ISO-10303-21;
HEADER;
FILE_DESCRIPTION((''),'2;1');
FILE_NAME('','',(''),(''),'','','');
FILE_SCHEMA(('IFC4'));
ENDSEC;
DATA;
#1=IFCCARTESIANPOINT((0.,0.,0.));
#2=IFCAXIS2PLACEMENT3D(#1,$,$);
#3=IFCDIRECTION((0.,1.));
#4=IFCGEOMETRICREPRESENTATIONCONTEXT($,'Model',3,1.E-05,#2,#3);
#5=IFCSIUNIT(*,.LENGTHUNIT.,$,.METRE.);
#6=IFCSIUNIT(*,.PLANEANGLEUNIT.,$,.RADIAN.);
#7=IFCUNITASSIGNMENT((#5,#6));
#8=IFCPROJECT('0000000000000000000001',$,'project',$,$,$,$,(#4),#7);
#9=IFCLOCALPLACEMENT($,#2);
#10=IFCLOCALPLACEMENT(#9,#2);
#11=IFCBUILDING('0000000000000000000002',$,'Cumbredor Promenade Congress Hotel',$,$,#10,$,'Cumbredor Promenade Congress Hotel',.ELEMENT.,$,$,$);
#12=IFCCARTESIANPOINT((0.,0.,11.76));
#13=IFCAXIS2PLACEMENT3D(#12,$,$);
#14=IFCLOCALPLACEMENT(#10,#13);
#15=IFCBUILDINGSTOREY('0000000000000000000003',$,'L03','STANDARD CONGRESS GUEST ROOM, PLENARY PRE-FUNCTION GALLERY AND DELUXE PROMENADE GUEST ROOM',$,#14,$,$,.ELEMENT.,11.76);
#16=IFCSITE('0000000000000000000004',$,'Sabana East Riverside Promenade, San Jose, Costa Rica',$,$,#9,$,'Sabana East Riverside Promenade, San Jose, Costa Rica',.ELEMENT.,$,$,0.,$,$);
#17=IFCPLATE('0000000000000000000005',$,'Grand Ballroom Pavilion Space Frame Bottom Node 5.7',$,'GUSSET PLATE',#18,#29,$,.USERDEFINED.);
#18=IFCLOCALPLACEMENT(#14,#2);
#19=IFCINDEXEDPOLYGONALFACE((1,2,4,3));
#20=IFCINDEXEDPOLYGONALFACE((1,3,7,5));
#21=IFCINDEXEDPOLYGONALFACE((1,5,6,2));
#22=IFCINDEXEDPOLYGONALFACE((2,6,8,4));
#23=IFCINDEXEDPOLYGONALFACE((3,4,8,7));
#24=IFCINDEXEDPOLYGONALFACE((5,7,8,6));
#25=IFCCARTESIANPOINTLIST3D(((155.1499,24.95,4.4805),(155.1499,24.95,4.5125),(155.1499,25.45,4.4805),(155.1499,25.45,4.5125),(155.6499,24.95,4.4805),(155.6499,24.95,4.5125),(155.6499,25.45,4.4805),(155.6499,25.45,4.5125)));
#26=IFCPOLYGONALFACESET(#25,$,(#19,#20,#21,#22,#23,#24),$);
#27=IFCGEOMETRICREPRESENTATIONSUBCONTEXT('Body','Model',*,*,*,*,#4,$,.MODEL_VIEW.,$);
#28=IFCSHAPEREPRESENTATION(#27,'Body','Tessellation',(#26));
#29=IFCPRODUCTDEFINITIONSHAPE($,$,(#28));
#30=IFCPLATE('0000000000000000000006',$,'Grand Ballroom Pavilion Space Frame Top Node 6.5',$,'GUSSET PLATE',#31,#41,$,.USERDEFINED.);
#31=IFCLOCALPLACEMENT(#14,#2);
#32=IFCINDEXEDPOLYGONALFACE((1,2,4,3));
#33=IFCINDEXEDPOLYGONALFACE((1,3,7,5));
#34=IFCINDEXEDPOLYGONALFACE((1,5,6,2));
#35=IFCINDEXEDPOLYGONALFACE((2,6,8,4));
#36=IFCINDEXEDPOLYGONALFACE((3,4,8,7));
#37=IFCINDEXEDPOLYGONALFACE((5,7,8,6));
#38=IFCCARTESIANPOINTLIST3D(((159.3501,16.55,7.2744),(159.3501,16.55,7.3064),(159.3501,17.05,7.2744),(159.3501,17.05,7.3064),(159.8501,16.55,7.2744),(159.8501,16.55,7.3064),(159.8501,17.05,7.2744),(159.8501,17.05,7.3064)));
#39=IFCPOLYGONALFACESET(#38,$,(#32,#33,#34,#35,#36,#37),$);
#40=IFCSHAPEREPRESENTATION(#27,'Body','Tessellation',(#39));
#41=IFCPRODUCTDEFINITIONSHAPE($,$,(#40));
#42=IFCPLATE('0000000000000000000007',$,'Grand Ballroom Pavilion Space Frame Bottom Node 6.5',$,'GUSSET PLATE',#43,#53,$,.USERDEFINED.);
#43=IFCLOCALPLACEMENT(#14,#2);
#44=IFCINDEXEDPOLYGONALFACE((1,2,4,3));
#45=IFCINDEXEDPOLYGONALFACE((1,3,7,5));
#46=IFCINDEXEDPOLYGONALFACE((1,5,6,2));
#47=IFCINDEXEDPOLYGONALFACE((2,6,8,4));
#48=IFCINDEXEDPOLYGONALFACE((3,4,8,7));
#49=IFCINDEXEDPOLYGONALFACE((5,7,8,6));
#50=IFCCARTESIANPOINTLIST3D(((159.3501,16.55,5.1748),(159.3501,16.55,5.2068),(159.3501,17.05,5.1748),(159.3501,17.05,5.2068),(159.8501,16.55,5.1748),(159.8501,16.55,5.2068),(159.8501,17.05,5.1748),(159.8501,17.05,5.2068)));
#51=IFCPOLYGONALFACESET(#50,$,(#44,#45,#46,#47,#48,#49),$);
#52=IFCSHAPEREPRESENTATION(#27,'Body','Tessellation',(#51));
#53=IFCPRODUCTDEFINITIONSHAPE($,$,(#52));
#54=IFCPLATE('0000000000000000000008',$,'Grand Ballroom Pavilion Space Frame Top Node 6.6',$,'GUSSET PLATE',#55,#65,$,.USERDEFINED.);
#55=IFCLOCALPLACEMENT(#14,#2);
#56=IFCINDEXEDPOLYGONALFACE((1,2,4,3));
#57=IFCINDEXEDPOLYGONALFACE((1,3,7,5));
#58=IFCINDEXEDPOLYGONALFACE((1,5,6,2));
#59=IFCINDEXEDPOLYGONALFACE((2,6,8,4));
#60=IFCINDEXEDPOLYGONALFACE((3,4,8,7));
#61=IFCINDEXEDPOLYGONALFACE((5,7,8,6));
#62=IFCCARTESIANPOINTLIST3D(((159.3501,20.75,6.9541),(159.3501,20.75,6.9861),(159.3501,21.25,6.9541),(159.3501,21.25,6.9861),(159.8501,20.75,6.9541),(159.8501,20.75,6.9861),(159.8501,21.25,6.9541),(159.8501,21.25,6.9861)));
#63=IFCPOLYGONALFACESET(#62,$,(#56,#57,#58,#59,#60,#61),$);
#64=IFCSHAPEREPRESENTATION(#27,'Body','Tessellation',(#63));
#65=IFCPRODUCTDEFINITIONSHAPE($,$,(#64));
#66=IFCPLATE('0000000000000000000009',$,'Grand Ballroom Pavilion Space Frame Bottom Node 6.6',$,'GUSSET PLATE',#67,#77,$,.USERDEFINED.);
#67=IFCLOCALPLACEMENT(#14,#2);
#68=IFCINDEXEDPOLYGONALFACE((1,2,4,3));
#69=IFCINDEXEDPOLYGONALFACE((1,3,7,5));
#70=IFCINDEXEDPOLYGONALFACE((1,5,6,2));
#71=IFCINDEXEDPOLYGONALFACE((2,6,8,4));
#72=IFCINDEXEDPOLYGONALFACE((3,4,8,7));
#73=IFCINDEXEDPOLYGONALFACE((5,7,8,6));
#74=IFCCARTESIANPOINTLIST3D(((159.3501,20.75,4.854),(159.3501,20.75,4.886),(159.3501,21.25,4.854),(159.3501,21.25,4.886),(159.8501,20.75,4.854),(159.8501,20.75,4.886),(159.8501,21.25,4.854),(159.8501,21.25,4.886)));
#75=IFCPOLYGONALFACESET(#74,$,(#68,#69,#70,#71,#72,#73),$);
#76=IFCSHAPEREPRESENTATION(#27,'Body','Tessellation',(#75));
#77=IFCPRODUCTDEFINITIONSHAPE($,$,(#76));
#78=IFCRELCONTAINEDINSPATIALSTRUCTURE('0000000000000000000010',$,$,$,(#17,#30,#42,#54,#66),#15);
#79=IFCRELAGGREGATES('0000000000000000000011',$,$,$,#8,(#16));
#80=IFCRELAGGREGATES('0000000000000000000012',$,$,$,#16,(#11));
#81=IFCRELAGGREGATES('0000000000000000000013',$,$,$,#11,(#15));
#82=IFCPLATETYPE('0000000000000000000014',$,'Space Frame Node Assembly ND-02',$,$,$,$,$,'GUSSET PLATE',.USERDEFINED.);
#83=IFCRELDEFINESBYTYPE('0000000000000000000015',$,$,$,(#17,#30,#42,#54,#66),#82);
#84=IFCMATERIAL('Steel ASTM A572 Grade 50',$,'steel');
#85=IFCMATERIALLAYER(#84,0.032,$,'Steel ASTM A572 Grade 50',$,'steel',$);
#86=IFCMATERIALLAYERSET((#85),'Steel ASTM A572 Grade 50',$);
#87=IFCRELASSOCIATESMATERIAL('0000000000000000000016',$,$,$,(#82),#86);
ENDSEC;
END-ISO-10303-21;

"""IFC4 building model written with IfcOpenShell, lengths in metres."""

from ifc_helpers import new_model, si_unit, direction, frame, origin, origin_2d, place, context, subcontext, project, spatial, rectangle, extrude, material, layer, layer_set, type_object, element, save


model = new_model("IFC4")

# Units and contexts
model_context = context("Model", 3, precision=1e-05, world=origin(), true_north=direction((0.0, 1.0)))
body_context = subcontext(model_context, "Body", "Model", "MODEL_VIEW")
ifc_project = project(units=[si_unit("LENGTHUNIT", "METRE"), si_unit("PLANEANGLEUNIT", "RADIAN")], contexts=[model_context])

# Site, building, storey
site_placement = place(None, origin())
site = spatial("IfcSite", under=ifc_project, at=site_placement, Name="Sabana East Riverside Promenade, San Jose, Costa Rica", LongName="Sabana East Riverside Promenade, San Jose, Costa Rica", CompositionType="ELEMENT", RefElevation=0.0)
building_placement = place(site_placement, origin())
building = spatial("IfcBuilding", under=site, at=building_placement, Name="Cumbredor Promenade Congress Hotel", LongName="Cumbredor Promenade Congress Hotel", CompositionType="ELEMENT")
storey_placement = place(building_placement, frame((0.0, 0.0, 11.76)))
storey = spatial("IfcBuildingStorey", under=building, at=storey_placement, Name="L03", Description="STANDARD CONGRESS GUEST ROOM, PLENARY PRE-FUNCTION GALLERY AND DELUXE PROMENADE GUEST ROOM", CompositionType="ELEMENT", Elevation=11.76)

# Plates
ifc_material_1 = material(Name="Steel ASTM A572 Grade 50", Category="steel")
ifc_layer = layer(ifc_material_1, 0.032, Name="Steel ASTM A572 Grade 50", Category="steel")
ifc_layer_set = layer_set([ifc_layer], Name="Steel ASTM A572 Grade 50")
plate_type = type_object("IfcPlateType", Name="Space Frame Node Assembly ND-02", ElementType="GUSSET PLATE", PredefinedType="USERDEFINED", material=ifc_layer_set)
for number, where, z_axis, x_axis, name in (
    (1, (155.3999, 25.2, 4.4805), (0.0, 0.0, 1.0), (1.0, 0.0, 0.0), "Grand Ballroom Pavilion Space Frame Bottom Node 5.7"),
    (2, (159.6001, 16.8, 7.2744), (0.0, 0.0, 1.0), (1.0, 0.0, 0.0), "Grand Ballroom Pavilion Space Frame Top Node 6.5"),
    (3, (159.6001, 16.8, 5.1748), (0.0, 0.0, 1.0), (1.0, 0.0, 0.0), "Grand Ballroom Pavilion Space Frame Bottom Node 6.5"),
    (4, (159.6001, 21.0, 6.9541), (0.0, 0.0, 1.0), (1.0, 0.0, 0.0), "Grand Ballroom Pavilion Space Frame Top Node 6.6"),
    (5, (159.6001, 21.0, 4.854), (0.0, 0.0, 1.0), (1.0, 0.0, 0.0), "Grand Ballroom Pavilion Space Frame Bottom Node 6.6"),
):
    element("IfcPlate", number, at=place(storey_placement, frame(where, z_axis=z_axis, x_axis=x_axis)), inside=storey, type_object=plate_type, Name=name, ObjectType="GUSSET PLATE", PredefinedType="USERDEFINED", context=body_context, shape_type="SweptSolid", body=[
        extrude(rectangle(XDim=0.5, YDim=0.5, at=origin_2d()), origin(), (0.0, 0.0, 1.0), 0.032),
    ])

save(model, "model.ifc")
